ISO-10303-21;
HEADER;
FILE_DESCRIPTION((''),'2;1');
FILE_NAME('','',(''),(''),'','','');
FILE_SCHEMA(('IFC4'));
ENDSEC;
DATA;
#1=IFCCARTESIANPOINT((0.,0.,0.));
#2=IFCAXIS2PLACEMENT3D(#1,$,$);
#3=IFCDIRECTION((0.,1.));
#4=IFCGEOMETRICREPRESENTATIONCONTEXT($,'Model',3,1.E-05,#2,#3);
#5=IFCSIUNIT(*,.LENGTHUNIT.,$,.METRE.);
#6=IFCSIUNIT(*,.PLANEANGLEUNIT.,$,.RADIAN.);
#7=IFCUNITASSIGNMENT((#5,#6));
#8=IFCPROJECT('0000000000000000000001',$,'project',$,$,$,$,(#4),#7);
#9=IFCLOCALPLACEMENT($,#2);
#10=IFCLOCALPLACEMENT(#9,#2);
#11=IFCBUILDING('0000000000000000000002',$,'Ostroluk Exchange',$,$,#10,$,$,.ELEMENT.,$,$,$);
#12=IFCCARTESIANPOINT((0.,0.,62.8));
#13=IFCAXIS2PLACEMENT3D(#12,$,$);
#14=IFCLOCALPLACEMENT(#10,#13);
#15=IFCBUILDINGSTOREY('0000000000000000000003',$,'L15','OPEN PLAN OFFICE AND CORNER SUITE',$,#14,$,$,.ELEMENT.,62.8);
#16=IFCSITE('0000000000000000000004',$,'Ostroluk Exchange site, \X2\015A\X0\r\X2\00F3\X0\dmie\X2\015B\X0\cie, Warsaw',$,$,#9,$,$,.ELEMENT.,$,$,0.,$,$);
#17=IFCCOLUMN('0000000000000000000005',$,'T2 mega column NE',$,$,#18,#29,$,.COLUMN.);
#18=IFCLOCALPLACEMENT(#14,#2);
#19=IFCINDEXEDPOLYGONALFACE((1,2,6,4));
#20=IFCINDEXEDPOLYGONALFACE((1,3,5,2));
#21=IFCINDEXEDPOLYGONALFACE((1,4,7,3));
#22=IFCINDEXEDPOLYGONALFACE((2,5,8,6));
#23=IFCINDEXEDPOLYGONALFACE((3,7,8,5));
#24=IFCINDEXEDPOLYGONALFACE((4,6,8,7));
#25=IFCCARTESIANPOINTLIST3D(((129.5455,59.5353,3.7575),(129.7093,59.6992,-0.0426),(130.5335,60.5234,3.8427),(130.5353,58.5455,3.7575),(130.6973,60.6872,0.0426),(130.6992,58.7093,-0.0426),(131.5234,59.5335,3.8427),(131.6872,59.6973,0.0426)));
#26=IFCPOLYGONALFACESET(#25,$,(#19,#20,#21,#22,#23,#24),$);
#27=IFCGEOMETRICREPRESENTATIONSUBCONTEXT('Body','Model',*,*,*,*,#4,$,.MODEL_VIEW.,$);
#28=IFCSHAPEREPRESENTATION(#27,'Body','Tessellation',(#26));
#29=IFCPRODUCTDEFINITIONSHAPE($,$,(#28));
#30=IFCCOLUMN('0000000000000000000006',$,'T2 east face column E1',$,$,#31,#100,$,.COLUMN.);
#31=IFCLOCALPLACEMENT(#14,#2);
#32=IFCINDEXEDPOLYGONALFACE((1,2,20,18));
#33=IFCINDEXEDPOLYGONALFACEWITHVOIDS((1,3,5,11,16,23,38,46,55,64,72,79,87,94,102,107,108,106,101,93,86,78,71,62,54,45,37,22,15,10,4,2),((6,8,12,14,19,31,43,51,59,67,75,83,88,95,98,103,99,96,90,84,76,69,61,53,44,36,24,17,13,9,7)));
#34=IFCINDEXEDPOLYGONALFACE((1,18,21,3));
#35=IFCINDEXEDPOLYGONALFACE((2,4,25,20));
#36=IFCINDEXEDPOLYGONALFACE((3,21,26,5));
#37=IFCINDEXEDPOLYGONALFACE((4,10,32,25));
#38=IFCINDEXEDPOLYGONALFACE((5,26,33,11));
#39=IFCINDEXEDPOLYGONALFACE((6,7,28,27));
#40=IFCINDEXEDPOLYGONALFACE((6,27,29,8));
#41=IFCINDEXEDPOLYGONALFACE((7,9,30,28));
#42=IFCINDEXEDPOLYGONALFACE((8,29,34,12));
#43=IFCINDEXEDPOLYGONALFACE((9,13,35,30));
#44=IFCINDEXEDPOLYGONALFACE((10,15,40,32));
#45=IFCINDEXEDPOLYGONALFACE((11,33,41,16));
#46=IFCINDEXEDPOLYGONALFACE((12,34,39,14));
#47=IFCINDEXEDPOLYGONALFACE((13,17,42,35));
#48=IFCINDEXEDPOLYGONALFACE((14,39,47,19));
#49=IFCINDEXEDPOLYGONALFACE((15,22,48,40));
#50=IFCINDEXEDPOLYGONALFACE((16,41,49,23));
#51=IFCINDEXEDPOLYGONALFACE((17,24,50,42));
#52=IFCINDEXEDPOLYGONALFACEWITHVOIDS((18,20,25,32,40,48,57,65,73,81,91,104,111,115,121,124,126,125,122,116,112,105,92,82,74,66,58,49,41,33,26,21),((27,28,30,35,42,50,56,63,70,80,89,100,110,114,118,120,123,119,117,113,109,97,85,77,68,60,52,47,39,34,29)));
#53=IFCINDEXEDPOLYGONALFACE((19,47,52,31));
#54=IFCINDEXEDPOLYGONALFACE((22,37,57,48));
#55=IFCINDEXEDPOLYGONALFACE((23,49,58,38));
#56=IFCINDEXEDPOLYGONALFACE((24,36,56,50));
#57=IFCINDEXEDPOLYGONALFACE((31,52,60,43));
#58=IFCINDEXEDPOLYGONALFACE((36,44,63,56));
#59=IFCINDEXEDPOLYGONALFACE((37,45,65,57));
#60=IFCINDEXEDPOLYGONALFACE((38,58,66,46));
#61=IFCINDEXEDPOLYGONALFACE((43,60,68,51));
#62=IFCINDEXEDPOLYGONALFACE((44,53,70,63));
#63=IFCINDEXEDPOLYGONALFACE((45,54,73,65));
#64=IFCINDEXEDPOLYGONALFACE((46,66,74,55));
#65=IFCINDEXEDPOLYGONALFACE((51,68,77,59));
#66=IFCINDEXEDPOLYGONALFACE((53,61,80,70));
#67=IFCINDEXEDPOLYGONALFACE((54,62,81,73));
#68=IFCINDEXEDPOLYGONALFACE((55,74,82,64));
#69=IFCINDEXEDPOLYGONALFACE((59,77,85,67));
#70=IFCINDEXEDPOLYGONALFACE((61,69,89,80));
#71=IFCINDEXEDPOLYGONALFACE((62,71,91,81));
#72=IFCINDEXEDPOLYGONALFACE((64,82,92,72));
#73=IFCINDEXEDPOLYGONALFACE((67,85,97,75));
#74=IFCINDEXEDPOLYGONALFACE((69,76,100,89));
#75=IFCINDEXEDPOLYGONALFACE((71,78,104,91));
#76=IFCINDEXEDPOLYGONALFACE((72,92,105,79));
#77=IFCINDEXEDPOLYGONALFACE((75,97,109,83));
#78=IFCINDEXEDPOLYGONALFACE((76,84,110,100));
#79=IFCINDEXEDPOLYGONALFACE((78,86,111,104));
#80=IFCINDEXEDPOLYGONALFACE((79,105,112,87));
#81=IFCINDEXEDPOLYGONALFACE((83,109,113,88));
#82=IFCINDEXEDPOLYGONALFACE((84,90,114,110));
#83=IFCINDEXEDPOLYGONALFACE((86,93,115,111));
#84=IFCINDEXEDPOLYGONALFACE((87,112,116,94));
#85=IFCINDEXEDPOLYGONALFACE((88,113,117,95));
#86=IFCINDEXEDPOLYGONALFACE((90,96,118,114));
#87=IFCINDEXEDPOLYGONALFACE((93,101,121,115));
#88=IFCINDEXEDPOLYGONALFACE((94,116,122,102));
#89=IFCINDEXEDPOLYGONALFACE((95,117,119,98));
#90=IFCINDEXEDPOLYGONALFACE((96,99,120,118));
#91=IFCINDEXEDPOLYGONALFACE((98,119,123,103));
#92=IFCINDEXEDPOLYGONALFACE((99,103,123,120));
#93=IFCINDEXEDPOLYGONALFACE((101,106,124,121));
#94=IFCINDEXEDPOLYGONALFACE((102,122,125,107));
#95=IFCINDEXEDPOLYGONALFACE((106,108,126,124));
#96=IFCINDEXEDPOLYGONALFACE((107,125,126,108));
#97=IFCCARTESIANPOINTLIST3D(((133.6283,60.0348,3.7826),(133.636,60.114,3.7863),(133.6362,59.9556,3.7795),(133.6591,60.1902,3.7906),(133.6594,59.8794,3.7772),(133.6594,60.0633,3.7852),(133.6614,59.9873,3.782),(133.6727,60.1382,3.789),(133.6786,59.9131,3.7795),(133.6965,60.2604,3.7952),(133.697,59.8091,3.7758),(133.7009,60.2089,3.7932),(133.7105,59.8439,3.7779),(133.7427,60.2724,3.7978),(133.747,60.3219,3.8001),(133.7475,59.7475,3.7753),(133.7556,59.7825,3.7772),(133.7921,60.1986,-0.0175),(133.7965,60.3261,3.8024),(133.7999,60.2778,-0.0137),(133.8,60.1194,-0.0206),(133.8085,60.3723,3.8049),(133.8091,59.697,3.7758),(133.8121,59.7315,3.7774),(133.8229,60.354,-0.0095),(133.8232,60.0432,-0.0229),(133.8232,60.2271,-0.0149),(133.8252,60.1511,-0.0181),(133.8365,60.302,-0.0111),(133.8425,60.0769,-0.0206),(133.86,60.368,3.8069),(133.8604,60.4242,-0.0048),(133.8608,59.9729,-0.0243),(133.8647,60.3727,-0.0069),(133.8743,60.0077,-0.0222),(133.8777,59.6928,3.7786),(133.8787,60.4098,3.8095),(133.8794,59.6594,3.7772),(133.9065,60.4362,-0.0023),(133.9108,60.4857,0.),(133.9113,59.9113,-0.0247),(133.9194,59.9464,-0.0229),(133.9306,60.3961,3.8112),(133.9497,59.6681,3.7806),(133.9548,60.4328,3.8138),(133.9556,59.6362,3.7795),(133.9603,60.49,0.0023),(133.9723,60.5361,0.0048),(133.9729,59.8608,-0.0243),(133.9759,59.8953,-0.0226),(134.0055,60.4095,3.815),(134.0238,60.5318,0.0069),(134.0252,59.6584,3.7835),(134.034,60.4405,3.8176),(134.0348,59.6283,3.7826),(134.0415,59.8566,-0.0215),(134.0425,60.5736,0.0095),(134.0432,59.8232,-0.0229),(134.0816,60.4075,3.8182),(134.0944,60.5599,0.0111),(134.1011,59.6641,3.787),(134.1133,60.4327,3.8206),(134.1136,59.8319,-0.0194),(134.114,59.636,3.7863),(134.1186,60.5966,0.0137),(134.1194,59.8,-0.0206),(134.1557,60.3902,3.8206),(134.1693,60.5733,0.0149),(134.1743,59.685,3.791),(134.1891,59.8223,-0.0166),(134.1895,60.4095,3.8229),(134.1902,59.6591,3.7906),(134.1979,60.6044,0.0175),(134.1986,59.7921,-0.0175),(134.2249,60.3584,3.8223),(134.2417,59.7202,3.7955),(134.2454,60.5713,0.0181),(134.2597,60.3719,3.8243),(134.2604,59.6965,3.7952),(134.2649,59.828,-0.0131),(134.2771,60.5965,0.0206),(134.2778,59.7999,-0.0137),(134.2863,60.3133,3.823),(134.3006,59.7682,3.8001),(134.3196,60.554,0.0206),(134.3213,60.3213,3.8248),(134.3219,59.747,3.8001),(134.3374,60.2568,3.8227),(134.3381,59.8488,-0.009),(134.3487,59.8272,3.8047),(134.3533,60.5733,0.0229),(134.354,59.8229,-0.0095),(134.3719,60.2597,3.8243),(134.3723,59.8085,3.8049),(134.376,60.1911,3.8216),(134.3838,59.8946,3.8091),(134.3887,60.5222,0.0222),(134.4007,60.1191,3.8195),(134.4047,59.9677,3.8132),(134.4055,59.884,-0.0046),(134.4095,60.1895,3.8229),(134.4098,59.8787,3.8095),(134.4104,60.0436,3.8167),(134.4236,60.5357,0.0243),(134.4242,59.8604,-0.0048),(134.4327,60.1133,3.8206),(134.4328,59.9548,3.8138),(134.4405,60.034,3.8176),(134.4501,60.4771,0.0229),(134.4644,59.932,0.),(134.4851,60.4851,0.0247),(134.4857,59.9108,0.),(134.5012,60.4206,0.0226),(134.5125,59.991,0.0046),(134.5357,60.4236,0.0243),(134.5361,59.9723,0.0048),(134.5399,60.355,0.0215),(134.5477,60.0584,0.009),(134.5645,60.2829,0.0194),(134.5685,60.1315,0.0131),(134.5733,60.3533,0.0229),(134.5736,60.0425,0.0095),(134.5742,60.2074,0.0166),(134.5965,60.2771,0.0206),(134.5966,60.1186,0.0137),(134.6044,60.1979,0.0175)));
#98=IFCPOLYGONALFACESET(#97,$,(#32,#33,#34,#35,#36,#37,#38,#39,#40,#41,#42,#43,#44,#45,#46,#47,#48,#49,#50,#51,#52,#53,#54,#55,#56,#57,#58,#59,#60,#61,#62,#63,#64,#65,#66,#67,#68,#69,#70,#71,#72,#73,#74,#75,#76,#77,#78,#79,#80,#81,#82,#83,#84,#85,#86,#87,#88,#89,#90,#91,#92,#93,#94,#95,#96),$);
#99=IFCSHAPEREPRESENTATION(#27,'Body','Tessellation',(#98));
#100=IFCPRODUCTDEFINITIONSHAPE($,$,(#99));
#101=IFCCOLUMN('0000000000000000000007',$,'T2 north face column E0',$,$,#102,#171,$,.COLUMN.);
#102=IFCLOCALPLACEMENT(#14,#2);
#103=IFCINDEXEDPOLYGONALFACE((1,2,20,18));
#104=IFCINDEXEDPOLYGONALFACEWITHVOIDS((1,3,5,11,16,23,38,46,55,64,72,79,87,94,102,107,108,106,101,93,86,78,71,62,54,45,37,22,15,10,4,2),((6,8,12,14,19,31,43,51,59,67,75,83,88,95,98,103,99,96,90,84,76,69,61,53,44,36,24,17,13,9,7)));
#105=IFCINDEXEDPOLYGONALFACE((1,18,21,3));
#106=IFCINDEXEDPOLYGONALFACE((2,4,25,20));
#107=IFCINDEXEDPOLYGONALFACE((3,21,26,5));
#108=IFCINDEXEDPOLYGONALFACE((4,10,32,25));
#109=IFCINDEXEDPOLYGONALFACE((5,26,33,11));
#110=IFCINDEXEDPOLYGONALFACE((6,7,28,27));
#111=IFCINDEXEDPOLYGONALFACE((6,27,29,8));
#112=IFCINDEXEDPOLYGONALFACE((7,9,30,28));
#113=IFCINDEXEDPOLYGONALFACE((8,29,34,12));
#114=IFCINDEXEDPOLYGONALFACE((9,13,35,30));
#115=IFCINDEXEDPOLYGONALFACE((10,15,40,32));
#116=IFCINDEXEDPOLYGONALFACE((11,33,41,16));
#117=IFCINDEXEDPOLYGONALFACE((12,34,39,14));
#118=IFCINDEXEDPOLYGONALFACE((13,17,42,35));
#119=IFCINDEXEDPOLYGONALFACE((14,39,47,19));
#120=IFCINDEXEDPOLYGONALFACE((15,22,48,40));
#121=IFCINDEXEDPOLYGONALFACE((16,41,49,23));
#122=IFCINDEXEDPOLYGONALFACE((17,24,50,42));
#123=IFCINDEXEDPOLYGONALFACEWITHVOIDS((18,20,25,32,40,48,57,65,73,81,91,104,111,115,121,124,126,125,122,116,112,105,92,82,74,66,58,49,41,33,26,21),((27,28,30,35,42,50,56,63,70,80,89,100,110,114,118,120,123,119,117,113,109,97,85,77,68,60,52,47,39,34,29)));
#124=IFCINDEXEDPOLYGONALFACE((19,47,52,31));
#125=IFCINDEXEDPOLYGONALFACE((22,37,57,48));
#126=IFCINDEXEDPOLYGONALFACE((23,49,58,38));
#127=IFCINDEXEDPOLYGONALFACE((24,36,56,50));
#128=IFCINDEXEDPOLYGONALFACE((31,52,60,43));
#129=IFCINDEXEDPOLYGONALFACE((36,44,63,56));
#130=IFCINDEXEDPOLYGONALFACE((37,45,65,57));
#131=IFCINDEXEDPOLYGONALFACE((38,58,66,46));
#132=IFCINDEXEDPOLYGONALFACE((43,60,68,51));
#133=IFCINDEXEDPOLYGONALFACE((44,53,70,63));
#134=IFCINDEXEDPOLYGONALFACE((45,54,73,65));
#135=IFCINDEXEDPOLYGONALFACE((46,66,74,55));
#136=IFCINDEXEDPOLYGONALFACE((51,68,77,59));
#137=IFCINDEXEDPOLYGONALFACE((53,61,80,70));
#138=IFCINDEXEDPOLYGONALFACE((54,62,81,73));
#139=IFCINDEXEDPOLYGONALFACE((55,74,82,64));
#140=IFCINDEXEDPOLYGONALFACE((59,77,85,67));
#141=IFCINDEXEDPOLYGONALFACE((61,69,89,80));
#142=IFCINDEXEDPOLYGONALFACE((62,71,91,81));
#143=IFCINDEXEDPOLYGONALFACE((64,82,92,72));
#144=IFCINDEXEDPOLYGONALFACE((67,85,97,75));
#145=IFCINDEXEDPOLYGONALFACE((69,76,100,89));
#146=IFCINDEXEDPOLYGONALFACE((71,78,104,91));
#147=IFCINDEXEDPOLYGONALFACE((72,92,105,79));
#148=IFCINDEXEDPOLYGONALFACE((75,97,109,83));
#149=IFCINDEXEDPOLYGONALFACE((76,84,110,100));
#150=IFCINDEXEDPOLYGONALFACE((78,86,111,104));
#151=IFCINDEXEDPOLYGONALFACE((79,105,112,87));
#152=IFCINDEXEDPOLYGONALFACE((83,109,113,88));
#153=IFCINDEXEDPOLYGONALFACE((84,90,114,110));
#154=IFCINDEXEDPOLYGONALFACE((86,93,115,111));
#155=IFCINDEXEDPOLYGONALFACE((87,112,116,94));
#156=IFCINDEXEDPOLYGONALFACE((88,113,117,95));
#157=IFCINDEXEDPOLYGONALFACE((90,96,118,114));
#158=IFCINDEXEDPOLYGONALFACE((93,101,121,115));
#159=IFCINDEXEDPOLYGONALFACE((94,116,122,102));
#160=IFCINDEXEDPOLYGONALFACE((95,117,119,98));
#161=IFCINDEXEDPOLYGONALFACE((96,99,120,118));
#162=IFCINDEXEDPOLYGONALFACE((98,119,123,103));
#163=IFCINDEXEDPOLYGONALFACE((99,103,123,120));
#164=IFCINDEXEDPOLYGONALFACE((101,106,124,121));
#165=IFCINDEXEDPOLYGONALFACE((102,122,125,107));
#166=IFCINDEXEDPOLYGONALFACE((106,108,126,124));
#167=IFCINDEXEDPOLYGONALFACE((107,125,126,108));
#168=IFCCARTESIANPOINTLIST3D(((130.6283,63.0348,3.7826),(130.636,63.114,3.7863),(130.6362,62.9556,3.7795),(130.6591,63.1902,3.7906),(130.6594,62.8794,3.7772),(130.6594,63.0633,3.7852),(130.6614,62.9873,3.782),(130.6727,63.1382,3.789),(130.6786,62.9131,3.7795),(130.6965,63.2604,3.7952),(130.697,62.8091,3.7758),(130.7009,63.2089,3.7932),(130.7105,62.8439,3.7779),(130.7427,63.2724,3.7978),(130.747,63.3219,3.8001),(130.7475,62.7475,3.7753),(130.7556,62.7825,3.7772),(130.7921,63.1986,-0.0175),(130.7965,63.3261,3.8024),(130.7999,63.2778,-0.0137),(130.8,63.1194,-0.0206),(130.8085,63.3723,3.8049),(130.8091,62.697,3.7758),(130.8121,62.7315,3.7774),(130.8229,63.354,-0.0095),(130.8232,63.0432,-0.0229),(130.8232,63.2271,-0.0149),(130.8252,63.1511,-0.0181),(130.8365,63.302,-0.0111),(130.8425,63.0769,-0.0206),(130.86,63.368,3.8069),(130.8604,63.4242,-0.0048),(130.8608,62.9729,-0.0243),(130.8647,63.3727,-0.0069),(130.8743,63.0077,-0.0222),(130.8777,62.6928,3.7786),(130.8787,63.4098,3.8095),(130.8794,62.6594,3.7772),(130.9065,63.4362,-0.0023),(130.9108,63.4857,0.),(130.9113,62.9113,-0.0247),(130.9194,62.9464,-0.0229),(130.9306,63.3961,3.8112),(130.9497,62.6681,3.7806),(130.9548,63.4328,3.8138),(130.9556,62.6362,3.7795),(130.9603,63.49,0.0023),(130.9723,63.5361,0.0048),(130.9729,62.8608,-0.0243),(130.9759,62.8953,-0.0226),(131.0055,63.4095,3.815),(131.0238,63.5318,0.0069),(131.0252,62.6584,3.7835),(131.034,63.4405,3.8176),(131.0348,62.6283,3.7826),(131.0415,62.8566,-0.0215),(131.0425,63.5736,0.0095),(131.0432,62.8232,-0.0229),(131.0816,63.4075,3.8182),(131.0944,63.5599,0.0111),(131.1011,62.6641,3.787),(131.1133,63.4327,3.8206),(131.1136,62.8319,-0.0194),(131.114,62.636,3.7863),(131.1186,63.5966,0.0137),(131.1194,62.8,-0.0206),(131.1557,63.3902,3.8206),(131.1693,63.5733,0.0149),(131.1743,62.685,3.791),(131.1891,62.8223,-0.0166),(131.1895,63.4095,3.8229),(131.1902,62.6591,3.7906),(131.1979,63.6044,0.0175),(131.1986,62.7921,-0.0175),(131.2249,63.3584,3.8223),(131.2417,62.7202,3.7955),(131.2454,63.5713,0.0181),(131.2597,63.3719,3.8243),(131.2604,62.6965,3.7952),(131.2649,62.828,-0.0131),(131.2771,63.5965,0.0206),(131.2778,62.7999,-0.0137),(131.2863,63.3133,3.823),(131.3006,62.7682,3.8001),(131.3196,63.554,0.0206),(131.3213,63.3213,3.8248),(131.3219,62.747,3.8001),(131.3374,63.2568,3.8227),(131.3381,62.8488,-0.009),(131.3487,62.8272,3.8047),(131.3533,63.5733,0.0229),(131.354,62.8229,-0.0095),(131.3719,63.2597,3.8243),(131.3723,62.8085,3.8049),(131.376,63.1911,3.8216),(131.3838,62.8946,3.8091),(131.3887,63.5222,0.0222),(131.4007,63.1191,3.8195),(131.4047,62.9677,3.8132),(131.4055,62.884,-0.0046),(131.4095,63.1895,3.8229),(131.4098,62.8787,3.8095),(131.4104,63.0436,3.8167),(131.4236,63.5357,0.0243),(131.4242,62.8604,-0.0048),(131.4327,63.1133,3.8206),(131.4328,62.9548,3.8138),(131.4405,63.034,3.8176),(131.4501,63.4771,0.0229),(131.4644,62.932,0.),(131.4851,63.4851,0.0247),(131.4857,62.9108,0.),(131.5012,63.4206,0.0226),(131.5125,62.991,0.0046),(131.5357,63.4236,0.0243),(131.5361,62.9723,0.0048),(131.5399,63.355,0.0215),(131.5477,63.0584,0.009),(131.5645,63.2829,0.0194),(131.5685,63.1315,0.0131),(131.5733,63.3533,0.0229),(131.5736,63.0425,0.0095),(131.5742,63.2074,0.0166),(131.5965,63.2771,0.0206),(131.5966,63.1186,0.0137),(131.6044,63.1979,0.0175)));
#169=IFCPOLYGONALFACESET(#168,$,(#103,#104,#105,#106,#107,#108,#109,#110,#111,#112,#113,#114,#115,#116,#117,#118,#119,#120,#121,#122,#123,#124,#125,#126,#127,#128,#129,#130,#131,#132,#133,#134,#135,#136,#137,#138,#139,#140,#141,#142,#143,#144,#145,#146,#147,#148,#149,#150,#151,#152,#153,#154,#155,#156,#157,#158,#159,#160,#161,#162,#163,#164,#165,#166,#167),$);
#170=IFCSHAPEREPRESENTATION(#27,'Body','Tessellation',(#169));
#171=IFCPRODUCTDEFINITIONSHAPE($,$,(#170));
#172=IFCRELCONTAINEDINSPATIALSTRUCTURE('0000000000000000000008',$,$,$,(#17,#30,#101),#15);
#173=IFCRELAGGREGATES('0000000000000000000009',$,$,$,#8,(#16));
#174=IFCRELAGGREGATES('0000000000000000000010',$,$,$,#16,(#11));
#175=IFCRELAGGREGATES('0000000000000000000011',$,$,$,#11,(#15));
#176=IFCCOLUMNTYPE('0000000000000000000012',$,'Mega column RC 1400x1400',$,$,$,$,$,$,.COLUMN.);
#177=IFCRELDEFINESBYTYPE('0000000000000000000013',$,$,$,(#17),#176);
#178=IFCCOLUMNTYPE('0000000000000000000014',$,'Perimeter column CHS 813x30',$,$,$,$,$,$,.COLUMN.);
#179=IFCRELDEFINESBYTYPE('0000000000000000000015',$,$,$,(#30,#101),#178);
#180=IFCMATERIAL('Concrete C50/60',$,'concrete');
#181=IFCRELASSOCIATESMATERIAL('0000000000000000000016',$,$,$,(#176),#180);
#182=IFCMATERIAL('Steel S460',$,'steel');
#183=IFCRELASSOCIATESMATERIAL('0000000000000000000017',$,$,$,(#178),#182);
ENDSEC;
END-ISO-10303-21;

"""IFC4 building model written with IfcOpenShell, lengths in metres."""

from ifc_helpers import new_model, si_unit, direction, frame, origin, origin_2d, place, context, subcontext, project, spatial, rectangle, hollow_circle, extrude, material, material_profile, profile_set, type_object, element, save


model = new_model("IFC4")

# Units and contexts
model_context = context("Model", 3, precision=1e-05, world=origin(), true_north=direction((0.0, 1.0)))
body_context = subcontext(model_context, "Body", "Model", "MODEL_VIEW")
ifc_project = project(units=[si_unit("LENGTHUNIT", "METRE"), si_unit("PLANEANGLEUNIT", "RADIAN")], contexts=[model_context])

# Site, building, storey
site_placement = place(None, origin())
site = spatial("IfcSite", under=ifc_project, at=site_placement, Name="Ostroluk Exchange site, Śródmieście, Warsaw", CompositionType="ELEMENT", RefElevation=0.0)
building_placement = place(site_placement, origin())
building = spatial("IfcBuilding", under=site, at=building_placement, Name="Ostroluk Exchange", CompositionType="ELEMENT")
storey_placement = place(building_placement, frame((0.0, 0.0, 62.8)))
storey = spatial("IfcBuildingStorey", under=building, at=storey_placement, Name="L15", Description="OPEN PLAN OFFICE AND CORNER SUITE", CompositionType="ELEMENT", Elevation=62.8)

# Columns
ifc_material_1 = material(Name="Concrete C50/60", Category="concrete")
ifc_material_profile_1 = material_profile(ifc_material_1, rectangle(XDim=1.3999, YDim=1.3999, at=origin_2d()), Name="RC 1400x1400")
ifc_profile_set_1 = profile_set([ifc_material_profile_1], Name="Concrete C50/60")
column_type_1 = type_object("IfcColumnType", Name="Mega column RC 1400x1400", PredefinedType="COLUMN", material=ifc_profile_set_1)
column_placement = place(storey_placement, frame((130.6982, 59.6982, 0.0), z_axis=(-0.04303, -0.04303, 0.998147), x_axis=(0.707107, -0.707107, 0.0)))
element("IfcColumn", 1, at=column_placement, inside=storey, type_object=column_type_1, Name="T2 mega column NE", PredefinedType="COLUMN", context=body_context, shape_type="SweptSolid", body=[
    extrude(rectangle(XDim=1.3999, YDim=1.3999, at=origin_2d()), origin(), (0.0, 0.0, 1.0), 3.8071),
])
ifc_material_2 = material(Name="Steel S460", Category="steel")
ifc_material_profile_2 = material_profile(ifc_material_2, hollow_circle(Radius=0.4065, WallThickness=0.03, at=origin_2d()), Name="CHS 813x30")
ifc_profile_set_2 = profile_set([ifc_material_profile_2], Name="Steel S460")
column_type_2 = type_object("IfcColumnType", Name="Perimeter column CHS 813x30", PredefinedType="COLUMN", material=ifc_profile_set_2)
for number, where, z_axis, x_axis, name in (
    (2, (134.1982, 60.1982, 0.0), (-0.04303, -0.04303, 0.998147), (0.707107, -0.707107, 0.0), "T2 east face column E1"),
    (3, (131.1982, 63.1982, 0.0), (-0.04303, -0.04303, 0.998147), (0.707107, -0.707107, 0.0), "T2 north face column E0"),
):
    element("IfcColumn", number, at=place(storey_placement, frame(where, z_axis=z_axis, x_axis=x_axis)), inside=storey, type_object=column_type_2, Name=name, PredefinedType="COLUMN", context=body_context, shape_type="SweptSolid", body=[
        extrude(hollow_circle(Radius=0.4065, WallThickness=0.03, at=origin_2d()), origin(), (0.0, 0.0, 1.0), 3.8071),
    ])

save(model, "model.ifc")
